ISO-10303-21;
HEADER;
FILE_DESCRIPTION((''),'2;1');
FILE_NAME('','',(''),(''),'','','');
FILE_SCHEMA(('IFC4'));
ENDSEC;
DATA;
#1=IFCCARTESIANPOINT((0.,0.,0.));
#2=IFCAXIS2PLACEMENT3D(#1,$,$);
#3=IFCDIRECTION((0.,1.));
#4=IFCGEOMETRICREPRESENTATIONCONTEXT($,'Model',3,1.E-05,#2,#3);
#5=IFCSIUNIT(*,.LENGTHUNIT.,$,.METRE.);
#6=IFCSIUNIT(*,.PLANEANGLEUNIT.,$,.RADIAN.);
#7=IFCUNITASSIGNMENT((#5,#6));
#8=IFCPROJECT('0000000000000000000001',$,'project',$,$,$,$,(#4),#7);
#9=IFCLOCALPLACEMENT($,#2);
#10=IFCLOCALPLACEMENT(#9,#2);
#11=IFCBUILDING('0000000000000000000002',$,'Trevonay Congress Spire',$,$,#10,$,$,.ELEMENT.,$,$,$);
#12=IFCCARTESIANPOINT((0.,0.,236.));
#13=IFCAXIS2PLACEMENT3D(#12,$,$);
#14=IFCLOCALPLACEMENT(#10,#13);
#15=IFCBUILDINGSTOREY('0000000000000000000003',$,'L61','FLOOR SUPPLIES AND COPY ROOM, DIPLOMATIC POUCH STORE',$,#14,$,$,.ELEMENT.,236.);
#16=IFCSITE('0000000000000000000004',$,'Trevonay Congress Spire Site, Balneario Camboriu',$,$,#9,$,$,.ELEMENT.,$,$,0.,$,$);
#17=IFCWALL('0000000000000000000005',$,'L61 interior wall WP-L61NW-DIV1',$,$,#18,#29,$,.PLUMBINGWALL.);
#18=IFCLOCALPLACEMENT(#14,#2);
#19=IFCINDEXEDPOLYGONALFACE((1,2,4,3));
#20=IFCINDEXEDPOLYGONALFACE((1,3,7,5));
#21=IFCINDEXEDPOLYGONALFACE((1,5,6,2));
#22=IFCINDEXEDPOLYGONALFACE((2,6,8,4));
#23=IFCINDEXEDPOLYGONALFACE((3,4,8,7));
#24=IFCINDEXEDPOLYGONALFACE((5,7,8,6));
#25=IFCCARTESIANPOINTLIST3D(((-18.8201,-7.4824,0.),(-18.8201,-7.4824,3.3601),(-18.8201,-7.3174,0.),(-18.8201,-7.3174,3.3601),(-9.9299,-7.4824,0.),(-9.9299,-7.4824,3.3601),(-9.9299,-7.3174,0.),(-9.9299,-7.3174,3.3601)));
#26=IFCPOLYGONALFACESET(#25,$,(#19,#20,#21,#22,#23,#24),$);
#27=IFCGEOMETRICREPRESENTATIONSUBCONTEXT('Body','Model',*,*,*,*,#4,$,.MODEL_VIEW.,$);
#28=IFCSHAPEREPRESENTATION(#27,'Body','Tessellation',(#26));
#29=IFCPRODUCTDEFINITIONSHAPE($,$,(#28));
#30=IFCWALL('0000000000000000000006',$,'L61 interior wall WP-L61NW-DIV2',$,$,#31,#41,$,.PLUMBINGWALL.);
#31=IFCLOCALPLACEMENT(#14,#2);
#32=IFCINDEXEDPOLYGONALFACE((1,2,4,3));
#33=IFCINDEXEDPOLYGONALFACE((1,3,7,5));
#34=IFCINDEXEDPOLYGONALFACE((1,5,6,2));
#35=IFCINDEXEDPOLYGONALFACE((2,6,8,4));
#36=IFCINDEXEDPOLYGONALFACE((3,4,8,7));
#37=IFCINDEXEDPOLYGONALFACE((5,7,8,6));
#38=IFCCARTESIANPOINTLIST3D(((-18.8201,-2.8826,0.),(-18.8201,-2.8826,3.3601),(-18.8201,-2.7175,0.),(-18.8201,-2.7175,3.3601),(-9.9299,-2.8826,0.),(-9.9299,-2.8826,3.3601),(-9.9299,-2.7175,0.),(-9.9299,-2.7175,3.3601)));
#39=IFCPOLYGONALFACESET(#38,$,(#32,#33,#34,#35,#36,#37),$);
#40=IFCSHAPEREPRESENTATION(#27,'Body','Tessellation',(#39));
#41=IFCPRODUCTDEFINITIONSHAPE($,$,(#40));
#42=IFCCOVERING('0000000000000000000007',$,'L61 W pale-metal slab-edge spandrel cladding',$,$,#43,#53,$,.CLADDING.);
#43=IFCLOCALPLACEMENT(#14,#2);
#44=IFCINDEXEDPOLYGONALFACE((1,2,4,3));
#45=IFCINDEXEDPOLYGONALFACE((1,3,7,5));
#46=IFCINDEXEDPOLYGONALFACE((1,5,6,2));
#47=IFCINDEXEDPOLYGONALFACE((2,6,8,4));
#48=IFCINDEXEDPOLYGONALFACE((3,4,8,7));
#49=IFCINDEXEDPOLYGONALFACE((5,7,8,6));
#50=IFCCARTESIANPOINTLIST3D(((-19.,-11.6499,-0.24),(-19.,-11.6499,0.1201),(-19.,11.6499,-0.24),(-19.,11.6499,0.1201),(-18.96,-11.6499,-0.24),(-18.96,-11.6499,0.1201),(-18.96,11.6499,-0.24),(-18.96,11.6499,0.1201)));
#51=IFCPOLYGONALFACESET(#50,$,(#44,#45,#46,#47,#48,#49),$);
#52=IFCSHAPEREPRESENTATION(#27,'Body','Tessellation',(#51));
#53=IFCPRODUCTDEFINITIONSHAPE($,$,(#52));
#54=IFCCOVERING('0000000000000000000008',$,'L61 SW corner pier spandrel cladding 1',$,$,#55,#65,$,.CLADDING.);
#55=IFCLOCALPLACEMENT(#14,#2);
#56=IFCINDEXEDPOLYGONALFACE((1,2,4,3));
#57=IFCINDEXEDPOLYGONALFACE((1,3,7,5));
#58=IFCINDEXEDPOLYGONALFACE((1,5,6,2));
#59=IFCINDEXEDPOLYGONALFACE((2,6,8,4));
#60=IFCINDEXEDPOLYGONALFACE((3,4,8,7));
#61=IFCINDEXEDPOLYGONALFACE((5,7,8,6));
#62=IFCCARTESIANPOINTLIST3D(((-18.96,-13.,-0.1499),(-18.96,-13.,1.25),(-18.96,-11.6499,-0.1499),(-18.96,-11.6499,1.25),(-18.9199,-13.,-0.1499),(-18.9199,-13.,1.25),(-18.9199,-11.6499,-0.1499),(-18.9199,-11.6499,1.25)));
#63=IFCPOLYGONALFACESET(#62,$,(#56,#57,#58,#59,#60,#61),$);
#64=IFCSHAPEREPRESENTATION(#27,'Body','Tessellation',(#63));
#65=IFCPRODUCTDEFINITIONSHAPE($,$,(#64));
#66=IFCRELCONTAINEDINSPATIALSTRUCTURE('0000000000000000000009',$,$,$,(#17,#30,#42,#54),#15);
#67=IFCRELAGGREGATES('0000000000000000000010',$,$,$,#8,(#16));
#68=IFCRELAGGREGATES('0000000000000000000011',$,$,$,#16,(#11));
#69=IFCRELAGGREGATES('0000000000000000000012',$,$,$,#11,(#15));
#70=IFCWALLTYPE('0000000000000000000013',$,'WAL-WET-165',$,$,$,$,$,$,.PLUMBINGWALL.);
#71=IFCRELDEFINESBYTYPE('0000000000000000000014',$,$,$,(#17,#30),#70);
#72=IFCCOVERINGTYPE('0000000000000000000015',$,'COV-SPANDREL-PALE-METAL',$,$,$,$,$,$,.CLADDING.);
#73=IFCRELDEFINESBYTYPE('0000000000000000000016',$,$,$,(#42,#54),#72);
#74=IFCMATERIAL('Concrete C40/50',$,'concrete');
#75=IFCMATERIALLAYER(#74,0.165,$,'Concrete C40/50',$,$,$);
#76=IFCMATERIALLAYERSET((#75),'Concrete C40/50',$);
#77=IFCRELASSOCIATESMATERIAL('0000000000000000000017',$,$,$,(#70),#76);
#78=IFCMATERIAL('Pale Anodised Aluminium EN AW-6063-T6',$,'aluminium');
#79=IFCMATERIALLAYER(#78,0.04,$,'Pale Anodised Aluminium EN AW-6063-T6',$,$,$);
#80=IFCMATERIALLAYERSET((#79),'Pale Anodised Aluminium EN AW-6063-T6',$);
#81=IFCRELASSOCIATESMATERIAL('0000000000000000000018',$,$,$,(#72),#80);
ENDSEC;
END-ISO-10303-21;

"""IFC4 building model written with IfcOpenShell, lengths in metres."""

from ifc_helpers import new_model, si_unit, direction, frame, frame_2d, origin, place, context, subcontext, project, spatial, rectangle, extrude, material, layer, layer_set, type_object, element, save


model = new_model("IFC4")

# Units and contexts
model_context = context("Model", 3, precision=1e-05, world=origin(), true_north=direction((0.0, 1.0)))
body_context = subcontext(model_context, "Body", "Model", "MODEL_VIEW")
ifc_project = project(units=[si_unit("LENGTHUNIT", "METRE"), si_unit("PLANEANGLEUNIT", "RADIAN")], contexts=[model_context])

# Site, building, storey
site_placement = place(None, origin())
site = spatial("IfcSite", under=ifc_project, at=site_placement, Name="Trevonay Congress Spire Site, Balneario Camboriu", CompositionType="ELEMENT", RefElevation=0.0)
building_placement = place(site_placement, origin())
building = spatial("IfcBuilding", under=site, at=building_placement, Name="Trevonay Congress Spire", CompositionType="ELEMENT")
storey_placement = place(building_placement, frame((0.0, 0.0, 236.0)))
storey = spatial("IfcBuildingStorey", under=building, at=storey_placement, Name="L61", Description="FLOOR SUPPLIES AND COPY ROOM, DIPLOMATIC POUCH STORE", CompositionType="ELEMENT", Elevation=236.0)

# Shared definitions
ifc_material_1 = material(Name="Pale Anodised Aluminium EN AW-6063-T6", Category="aluminium")

# Shared definitions
ifc_material_2 = material(Name="Concrete C40/50", Category="concrete")

# Walls
ifc_layer_1 = layer(ifc_material_2, 0.165, Name="Concrete C40/50")
ifc_layer_set_1 = layer_set([ifc_layer_1], Name="Concrete C40/50")
wall_type_1 = type_object("IfcWallType", Name="WAL-WET-165", PredefinedType="PLUMBINGWALL", material=ifc_layer_set_1)
for number, where, z_axis, x_axis, name in (
    (1, (-18.8201, -7.3999, 0.0), (0.0, 0.0, 1.0), (1.0, 0.0, 0.0), "L61 interior wall WP-L61NW-DIV1"),
    (2, (-18.8201, -2.8, 0.0), (0.0, 0.0, 1.0), (1.0, 0.0, 0.0), "L61 interior wall WP-L61NW-DIV2"),
):
    element("IfcWall", number, at=place(storey_placement, frame(where, z_axis=z_axis, x_axis=x_axis)), inside=storey, type_object=wall_type_1, Name=name, PredefinedType="PLUMBINGWALL", context=body_context, shape_type="SweptSolid", body=[
        extrude(rectangle(XDim=8.8901, YDim=0.165, at=frame_2d((4.4451, 0.0))), origin(), (0.0, 0.0, 1.0), 3.3601),
    ])

# Coverings
ifc_layer_2 = layer(ifc_material_1, 0.04, Name="Pale Anodised Aluminium EN AW-6063-T6")
ifc_layer_set_2 = layer_set([ifc_layer_2], Name="Pale Anodised Aluminium EN AW-6063-T6")
covering_type = type_object("IfcCoveringType", Name="COV-SPANDREL-PALE-METAL", PredefinedType="CLADDING", material=ifc_layer_set_2)
covering_1_placement = place(storey_placement, frame((-18.98, -11.6499, -0.24), z_axis=(0.0, 0.0, 1.0), x_axis=(0.0, 1.0, 0.0)))
element("IfcCovering", 3, at=covering_1_placement, inside=storey, type_object=covering_type, Name="L61 W pale-metal slab-edge spandrel cladding", PredefinedType="CLADDING", context=body_context, shape_type="SweptSolid", body=[
    extrude(rectangle(XDim=23.2998, YDim=0.04, at=frame_2d((11.6499, 0.0))), origin(), (0.0, 0.0, 1.0), 0.3601),
])
covering_2_placement = place(storey_placement, frame((-18.9399, -11.6499, -0.1499), z_axis=(0.0, 0.0, 1.0), x_axis=(0.0, -1.0, 0.0)))
element("IfcCovering", 4, at=covering_2_placement, inside=storey, type_object=covering_type, Name="L61 SW corner pier spandrel cladding 1", PredefinedType="CLADDING", context=body_context, shape_type="SweptSolid", body=[
    extrude(rectangle(XDim=1.3501, YDim=0.04, at=frame_2d((0.675, 0.0))), origin(), (0.0, 0.0, 1.0), 1.3999),
])

save(model, "model.ifc")
